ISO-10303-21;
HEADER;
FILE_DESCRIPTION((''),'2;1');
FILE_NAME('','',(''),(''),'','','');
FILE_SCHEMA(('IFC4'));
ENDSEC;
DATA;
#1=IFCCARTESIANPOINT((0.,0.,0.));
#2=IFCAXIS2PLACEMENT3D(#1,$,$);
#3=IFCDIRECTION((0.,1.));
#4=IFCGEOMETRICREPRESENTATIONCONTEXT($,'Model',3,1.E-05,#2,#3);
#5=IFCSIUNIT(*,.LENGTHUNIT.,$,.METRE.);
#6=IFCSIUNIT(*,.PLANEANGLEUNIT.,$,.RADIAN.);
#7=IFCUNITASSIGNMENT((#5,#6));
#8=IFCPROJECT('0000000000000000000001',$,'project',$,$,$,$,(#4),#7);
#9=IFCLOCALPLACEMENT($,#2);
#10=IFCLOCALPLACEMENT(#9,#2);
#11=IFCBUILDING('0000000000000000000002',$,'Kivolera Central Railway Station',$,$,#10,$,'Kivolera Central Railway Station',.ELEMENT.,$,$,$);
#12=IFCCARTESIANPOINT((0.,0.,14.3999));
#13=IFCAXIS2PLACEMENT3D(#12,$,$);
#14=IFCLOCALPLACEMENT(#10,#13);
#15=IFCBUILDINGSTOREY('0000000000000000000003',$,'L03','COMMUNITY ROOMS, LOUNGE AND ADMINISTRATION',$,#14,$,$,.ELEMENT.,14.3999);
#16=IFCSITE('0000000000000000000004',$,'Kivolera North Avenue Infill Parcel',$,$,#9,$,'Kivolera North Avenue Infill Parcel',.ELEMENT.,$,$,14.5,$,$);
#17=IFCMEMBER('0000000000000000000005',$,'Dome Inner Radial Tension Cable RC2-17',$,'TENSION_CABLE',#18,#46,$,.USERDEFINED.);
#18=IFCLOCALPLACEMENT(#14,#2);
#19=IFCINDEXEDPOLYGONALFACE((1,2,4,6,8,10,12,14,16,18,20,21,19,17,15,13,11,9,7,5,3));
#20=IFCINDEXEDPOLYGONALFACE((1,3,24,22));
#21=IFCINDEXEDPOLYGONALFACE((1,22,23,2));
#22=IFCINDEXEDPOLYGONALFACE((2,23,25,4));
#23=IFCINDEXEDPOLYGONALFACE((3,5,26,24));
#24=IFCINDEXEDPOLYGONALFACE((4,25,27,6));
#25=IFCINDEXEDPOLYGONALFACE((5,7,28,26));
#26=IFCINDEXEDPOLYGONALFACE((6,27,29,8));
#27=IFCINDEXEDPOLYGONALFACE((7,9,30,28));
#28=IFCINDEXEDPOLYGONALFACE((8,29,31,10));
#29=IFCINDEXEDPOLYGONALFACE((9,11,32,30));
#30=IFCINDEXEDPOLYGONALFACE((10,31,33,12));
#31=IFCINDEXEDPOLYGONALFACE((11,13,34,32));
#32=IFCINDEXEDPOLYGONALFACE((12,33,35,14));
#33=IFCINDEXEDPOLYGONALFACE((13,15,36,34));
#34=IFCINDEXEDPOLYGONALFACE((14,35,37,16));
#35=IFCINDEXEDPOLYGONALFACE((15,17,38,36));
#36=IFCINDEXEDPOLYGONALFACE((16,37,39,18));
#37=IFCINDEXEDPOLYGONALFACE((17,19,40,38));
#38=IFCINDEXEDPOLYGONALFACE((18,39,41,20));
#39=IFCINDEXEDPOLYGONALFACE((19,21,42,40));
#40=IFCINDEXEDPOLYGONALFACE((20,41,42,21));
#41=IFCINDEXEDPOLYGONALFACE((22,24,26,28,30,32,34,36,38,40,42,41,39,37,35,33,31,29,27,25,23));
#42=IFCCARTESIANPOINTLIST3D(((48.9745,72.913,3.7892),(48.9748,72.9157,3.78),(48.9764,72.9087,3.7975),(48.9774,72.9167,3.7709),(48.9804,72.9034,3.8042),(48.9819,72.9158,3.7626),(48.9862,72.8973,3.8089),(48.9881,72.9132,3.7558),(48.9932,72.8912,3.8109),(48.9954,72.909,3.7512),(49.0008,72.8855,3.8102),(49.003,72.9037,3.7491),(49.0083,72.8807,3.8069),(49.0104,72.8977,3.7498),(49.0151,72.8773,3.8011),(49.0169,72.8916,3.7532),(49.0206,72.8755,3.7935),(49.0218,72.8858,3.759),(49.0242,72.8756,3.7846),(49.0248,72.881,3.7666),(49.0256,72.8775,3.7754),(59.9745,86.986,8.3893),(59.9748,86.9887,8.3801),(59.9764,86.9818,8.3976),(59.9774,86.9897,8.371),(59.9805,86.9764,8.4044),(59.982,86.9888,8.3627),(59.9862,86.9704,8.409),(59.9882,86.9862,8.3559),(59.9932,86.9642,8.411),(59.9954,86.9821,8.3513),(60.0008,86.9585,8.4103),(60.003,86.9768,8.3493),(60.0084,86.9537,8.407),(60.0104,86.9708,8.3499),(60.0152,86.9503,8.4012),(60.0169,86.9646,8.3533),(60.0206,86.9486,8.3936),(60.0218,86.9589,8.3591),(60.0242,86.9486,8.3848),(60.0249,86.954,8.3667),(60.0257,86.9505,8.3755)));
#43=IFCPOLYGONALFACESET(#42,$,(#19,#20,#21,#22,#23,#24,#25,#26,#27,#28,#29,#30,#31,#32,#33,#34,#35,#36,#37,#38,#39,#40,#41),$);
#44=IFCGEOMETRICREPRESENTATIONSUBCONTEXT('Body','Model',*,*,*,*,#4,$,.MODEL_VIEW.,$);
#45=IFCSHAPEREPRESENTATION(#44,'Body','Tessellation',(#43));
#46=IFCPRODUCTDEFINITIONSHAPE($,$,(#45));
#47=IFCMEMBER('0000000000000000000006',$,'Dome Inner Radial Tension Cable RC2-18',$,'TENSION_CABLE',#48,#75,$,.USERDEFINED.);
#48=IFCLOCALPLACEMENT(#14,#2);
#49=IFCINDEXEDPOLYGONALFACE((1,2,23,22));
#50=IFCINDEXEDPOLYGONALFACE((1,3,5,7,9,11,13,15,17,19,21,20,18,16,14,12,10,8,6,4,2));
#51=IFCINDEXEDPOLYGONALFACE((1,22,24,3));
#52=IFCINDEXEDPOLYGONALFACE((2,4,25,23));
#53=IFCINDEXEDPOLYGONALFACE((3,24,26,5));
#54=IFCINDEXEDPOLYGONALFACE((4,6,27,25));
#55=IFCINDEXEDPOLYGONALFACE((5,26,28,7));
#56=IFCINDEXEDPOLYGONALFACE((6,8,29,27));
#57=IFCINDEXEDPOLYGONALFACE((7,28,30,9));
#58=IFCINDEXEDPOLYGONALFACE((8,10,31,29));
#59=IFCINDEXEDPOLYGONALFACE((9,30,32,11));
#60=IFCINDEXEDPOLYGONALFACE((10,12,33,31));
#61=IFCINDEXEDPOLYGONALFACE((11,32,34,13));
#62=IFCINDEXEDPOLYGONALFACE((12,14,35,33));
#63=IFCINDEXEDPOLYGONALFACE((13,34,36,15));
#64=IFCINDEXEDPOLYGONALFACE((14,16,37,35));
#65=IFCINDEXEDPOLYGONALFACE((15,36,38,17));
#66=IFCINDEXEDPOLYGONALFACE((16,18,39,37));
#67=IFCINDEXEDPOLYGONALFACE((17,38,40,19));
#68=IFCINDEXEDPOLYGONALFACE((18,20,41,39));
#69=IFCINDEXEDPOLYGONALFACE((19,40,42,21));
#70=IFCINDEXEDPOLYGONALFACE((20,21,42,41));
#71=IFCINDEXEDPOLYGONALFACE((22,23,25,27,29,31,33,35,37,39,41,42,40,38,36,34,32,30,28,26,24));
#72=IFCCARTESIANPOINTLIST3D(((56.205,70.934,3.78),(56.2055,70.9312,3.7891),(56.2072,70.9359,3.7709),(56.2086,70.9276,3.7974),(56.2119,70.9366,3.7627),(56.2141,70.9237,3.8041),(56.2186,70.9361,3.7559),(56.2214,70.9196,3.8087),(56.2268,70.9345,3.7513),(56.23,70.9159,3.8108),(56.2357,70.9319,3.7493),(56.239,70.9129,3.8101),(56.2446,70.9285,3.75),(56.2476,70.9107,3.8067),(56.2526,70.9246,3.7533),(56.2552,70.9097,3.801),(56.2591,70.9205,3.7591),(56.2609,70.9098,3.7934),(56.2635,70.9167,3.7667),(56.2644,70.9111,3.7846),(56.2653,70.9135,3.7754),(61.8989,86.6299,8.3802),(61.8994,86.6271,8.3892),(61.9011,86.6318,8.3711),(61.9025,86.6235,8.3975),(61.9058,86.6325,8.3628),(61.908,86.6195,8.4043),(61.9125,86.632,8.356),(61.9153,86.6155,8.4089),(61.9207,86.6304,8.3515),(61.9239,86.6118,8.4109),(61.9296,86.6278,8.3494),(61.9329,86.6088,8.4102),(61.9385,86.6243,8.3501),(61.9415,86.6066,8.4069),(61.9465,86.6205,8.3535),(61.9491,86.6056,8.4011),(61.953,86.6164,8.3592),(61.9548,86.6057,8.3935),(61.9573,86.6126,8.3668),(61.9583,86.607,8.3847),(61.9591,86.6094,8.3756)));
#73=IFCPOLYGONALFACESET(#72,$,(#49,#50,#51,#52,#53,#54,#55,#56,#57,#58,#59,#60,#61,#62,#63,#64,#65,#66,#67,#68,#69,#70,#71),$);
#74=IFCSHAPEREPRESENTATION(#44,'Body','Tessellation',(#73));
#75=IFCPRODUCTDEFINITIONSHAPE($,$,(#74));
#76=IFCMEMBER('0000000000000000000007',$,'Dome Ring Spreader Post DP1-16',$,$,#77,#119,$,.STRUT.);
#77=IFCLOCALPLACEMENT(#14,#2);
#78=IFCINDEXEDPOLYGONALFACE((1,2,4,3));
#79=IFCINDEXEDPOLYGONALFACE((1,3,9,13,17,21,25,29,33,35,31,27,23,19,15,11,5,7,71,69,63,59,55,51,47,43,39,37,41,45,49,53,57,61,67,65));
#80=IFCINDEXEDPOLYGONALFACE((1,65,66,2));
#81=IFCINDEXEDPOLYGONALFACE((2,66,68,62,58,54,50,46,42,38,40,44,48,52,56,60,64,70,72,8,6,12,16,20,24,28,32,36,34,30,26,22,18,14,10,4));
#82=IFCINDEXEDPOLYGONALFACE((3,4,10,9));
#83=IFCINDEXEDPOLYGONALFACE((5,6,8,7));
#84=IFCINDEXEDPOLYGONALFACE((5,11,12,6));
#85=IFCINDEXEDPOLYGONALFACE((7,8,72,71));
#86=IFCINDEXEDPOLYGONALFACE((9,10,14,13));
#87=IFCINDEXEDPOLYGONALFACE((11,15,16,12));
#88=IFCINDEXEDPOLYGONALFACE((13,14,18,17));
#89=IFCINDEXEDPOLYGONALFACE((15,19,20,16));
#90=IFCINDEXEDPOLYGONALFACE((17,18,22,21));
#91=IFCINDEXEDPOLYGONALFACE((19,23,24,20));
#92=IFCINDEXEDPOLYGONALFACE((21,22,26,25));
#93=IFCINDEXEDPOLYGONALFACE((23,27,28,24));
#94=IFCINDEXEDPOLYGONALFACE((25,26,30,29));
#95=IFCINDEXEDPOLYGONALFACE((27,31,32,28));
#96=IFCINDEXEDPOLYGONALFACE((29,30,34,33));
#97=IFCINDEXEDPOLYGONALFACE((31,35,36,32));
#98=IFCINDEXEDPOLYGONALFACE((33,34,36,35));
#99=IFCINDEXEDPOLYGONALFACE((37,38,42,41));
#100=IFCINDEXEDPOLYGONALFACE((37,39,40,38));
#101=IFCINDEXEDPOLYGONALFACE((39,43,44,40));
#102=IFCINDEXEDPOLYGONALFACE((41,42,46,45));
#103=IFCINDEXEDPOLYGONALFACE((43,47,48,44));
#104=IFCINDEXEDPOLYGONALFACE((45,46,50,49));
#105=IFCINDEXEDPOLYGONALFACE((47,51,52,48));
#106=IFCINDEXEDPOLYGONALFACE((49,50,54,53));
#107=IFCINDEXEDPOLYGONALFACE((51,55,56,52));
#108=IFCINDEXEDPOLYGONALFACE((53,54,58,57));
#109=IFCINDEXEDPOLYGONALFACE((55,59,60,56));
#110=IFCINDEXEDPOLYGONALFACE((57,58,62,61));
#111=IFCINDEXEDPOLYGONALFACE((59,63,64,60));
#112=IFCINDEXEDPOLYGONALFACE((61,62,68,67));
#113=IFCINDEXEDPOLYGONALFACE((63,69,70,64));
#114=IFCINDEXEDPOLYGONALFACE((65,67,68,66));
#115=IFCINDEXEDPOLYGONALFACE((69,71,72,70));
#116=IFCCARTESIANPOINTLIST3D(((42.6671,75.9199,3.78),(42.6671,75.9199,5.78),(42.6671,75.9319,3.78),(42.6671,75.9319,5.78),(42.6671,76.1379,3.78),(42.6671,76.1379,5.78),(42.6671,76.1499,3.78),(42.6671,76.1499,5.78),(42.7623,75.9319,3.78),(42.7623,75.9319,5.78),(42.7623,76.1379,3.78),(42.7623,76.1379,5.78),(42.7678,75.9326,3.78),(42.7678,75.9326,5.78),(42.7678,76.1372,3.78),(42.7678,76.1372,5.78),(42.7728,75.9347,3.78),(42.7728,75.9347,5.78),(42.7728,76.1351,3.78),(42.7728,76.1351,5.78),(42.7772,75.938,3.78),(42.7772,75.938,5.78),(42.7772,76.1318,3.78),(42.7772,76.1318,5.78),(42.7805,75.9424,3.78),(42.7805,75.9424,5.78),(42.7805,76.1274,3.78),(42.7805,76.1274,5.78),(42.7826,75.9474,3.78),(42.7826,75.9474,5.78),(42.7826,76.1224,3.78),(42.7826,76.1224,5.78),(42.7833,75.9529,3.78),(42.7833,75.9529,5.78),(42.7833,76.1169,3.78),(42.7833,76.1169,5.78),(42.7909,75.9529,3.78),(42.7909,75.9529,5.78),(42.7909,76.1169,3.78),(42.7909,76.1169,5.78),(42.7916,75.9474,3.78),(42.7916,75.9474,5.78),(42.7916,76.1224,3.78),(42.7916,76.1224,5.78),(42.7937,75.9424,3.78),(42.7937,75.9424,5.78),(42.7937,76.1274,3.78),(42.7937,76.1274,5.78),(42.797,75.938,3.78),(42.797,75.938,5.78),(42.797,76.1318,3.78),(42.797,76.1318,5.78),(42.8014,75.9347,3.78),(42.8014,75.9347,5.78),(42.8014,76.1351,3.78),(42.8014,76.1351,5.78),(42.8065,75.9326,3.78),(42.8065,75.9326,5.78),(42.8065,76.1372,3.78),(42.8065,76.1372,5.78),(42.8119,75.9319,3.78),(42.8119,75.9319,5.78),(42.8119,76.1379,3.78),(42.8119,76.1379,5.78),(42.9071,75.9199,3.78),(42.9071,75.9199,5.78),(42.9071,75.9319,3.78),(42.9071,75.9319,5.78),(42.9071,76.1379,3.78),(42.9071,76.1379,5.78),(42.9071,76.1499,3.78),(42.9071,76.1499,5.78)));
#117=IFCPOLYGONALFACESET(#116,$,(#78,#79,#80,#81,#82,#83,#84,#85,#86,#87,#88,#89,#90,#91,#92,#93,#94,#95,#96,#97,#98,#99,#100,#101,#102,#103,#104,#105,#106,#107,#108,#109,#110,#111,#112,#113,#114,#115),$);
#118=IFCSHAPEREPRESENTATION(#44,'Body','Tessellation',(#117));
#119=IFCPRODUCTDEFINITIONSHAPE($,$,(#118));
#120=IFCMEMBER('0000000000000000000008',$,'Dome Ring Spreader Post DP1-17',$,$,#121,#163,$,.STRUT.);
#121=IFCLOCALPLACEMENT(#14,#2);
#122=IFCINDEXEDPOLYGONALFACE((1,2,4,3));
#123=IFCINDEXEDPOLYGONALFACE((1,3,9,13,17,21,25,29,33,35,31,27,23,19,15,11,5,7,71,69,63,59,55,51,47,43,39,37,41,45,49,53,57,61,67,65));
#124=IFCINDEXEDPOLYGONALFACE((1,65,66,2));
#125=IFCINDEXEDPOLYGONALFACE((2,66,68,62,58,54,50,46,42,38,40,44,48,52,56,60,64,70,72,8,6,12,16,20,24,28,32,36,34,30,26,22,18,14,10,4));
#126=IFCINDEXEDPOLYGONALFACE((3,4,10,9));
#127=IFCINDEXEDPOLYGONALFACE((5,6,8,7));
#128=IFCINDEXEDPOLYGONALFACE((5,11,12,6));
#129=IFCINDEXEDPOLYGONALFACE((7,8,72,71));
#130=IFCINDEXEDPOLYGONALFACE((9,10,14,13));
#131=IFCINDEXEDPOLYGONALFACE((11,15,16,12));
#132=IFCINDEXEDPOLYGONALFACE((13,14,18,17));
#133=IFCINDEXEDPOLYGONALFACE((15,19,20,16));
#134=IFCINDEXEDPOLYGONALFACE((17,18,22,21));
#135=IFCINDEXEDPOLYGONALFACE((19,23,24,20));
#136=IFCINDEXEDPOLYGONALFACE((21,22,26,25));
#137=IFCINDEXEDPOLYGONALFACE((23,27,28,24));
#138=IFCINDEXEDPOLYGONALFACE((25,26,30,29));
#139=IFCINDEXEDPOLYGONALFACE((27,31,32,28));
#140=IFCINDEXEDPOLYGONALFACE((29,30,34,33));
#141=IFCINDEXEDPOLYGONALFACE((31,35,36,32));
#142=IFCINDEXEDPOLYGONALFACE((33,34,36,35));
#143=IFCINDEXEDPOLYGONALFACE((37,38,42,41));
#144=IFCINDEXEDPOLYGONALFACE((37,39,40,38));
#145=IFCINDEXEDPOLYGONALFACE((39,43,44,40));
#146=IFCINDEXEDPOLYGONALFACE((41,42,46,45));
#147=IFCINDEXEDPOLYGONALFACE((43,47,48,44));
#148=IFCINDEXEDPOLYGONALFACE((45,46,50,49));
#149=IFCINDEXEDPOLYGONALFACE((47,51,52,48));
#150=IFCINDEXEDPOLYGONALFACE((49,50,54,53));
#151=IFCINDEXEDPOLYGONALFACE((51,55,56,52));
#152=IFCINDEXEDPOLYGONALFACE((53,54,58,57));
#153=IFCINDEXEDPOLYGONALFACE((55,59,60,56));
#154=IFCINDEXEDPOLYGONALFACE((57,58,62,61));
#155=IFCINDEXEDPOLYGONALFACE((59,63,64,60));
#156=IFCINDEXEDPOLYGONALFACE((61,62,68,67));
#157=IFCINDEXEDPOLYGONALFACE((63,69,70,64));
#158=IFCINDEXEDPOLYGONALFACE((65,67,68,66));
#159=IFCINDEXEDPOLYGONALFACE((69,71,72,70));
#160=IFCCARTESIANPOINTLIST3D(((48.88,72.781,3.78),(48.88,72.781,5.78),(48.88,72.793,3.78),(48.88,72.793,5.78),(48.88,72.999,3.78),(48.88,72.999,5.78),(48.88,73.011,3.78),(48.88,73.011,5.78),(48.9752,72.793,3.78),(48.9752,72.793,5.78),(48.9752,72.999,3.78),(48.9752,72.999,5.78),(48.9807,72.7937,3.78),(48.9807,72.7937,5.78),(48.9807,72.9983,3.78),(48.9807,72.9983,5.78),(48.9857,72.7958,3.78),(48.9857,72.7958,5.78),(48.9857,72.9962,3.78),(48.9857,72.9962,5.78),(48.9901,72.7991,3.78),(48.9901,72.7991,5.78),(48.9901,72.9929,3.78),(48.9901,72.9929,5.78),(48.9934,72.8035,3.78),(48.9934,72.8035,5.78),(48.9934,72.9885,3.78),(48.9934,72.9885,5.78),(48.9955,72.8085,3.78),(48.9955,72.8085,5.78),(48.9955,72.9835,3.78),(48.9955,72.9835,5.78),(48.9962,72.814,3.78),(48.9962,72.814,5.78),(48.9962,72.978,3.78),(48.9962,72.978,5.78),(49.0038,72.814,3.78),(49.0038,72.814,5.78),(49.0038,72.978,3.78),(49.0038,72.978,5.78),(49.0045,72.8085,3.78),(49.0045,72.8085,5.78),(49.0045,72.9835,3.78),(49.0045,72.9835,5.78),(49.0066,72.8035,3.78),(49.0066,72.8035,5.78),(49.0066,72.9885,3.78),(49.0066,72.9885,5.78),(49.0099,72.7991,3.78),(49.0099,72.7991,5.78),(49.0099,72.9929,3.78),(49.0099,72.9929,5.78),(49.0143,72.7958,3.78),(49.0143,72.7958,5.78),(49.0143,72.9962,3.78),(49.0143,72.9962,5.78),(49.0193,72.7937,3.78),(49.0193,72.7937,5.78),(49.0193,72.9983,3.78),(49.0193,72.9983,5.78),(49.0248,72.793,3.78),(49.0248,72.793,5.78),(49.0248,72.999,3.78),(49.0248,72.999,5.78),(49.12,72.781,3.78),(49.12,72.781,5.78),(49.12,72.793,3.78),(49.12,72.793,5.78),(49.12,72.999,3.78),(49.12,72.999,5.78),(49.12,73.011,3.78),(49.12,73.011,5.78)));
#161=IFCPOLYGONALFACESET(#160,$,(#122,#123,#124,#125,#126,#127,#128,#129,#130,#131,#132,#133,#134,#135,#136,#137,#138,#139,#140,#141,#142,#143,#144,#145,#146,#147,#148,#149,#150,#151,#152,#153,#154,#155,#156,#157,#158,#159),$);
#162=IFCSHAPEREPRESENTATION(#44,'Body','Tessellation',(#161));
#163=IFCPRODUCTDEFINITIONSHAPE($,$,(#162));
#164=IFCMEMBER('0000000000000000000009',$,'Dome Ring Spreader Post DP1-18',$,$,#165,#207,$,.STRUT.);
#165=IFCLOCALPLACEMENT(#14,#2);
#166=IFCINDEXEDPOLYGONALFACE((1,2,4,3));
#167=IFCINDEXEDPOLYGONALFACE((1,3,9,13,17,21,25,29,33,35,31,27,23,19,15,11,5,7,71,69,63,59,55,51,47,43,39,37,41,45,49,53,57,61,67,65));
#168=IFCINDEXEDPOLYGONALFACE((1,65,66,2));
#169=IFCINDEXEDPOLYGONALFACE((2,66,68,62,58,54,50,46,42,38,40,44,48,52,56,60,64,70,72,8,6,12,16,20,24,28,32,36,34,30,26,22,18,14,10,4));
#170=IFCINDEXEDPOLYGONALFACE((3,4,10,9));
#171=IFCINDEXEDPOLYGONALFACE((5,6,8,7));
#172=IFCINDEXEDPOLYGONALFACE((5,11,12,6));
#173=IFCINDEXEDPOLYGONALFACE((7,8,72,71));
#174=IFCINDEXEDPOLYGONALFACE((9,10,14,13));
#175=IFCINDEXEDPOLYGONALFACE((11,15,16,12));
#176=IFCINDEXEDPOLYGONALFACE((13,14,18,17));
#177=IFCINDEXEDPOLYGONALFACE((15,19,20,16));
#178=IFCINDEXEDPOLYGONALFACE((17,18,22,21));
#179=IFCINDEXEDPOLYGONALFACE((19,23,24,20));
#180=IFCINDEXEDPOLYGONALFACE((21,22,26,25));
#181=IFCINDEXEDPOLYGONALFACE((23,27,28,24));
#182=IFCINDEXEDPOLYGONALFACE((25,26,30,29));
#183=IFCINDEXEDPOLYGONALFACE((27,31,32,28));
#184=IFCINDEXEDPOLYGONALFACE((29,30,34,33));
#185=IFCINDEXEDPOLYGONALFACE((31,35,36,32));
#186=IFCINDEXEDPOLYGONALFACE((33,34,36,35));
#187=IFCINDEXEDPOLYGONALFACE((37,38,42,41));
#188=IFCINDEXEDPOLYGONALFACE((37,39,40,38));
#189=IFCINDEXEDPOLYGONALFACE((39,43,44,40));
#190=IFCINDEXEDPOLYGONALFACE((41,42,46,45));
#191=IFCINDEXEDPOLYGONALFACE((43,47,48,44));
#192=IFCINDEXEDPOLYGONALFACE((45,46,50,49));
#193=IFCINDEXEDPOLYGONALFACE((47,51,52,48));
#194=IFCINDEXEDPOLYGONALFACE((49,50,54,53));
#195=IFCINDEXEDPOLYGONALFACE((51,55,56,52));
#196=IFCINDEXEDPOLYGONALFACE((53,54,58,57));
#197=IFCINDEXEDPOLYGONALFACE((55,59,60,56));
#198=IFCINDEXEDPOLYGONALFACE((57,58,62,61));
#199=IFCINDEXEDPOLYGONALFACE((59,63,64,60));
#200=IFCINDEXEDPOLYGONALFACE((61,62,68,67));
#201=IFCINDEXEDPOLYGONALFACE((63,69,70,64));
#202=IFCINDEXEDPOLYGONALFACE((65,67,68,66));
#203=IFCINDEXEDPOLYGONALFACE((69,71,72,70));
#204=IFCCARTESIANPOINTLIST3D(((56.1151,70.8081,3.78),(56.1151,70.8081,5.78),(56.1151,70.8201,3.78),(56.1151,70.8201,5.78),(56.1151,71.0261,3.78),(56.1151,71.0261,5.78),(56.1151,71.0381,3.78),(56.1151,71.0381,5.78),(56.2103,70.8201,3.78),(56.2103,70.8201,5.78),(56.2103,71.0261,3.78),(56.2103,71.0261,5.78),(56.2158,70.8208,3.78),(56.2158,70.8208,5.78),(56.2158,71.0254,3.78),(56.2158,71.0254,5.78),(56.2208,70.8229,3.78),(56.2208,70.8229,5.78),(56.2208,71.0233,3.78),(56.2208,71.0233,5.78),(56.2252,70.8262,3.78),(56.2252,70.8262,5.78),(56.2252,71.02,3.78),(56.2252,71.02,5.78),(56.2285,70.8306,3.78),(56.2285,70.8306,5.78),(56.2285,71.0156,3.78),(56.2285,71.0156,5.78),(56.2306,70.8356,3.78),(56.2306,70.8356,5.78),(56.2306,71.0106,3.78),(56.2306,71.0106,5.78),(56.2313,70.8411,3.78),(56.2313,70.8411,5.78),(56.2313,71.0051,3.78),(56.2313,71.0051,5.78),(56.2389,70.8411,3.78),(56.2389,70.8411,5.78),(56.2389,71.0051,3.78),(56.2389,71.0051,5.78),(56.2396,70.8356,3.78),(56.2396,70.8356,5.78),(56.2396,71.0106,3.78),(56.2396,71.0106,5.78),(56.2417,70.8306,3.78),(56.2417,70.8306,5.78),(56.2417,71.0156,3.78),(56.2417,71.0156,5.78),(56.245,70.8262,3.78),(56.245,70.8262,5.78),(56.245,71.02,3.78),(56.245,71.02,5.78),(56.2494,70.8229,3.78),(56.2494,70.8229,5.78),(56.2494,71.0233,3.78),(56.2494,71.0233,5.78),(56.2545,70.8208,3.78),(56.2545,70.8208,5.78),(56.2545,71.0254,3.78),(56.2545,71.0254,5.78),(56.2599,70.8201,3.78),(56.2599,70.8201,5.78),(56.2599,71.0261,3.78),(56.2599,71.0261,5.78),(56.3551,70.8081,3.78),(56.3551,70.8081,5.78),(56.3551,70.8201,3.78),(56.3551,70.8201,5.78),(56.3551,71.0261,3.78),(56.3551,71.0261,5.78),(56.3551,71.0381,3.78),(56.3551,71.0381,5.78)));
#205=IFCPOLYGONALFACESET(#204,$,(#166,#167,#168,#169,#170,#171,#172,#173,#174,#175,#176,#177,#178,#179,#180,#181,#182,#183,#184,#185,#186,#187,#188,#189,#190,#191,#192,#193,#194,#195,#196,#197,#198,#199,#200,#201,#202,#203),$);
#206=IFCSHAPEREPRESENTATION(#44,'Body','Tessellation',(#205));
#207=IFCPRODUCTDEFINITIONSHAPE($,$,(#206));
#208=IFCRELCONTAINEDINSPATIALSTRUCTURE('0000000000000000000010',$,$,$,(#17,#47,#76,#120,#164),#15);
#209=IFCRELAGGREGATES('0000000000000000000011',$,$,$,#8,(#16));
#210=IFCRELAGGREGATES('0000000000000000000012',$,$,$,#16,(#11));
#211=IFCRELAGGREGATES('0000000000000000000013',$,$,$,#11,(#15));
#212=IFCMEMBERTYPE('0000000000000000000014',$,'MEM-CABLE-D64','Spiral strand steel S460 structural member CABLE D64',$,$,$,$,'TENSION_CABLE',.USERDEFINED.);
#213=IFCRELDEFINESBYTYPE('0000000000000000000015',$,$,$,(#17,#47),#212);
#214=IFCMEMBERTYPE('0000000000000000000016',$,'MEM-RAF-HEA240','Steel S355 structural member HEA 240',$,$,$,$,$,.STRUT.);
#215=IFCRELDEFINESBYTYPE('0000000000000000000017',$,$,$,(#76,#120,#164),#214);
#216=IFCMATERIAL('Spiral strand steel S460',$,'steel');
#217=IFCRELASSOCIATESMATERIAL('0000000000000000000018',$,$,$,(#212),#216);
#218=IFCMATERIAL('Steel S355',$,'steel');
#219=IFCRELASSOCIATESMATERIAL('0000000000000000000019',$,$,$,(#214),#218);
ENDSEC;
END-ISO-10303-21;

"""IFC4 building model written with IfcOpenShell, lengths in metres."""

from ifc_helpers import new_model, si_unit, direction, frame, origin, origin_2d, place, context, subcontext, project, spatial, circle, i_section, extrude, material, material_profile, profile_set, type_object, element, save


model = new_model("IFC4")

# Units and contexts
model_context = context("Model", 3, precision=1e-05, world=origin(), true_north=direction((0.0, 1.0)))
body_context = subcontext(model_context, "Body", "Model", "MODEL_VIEW")
ifc_project = project(units=[si_unit("LENGTHUNIT", "METRE"), si_unit("PLANEANGLEUNIT", "RADIAN")], contexts=[model_context])

# Site, building, storey
site_placement = place(None, origin())
site = spatial("IfcSite", under=ifc_project, at=site_placement, Name="Kivolera North Avenue Infill Parcel", LongName="Kivolera North Avenue Infill Parcel", CompositionType="ELEMENT", RefElevation=14.5)
building_placement = place(site_placement, origin())
building = spatial("IfcBuilding", under=site, at=building_placement, Name="Kivolera Central Railway Station", LongName="Kivolera Central Railway Station", CompositionType="ELEMENT")
storey_placement = place(building_placement, frame((0.0, 0.0, 14.3999)))
storey = spatial("IfcBuildingStorey", under=building, at=storey_placement, Name="L03", Description="COMMUNITY ROOMS, LOUNGE AND ADMINISTRATION", CompositionType="ELEMENT", Elevation=14.3999)

# Shared definitions
ifc_material_1 = material(Name="Steel S355", Category="steel")

# Members
ifc_material_2 = material(Name="Spiral strand steel S460", Category="steel")
ifc_material_profile_1 = material_profile(ifc_material_2, circle(Radius=0.032, at=origin_2d()), Name="CABLE D64")
ifc_profile_set_1 = profile_set([ifc_material_profile_1], Name="Spiral strand steel S460")
member_type_1 = type_object("IfcMemberType", Name="MEM-CABLE-D64", Description="Spiral strand steel S460 structural member CABLE D64", ElementType="TENSION_CABLE", PredefinedType="USERDEFINED", material=ifc_profile_set_1)
member_1_placement = place(storey_placement, frame((49.0, 72.896, 3.78), z_axis=(0.596374, 0.76298, 0.249398), x_axis=(-0.787876, 0.615834, 0.0)))
element("IfcMember", 1, at=member_1_placement, inside=storey, type_object=member_type_1, Name="Dome Inner Radial Tension Cable RC2-17", ObjectType="TENSION_CABLE", PredefinedType="USERDEFINED", context=body_context, shape_type="SweptSolid", body=[
    extrude(circle(Radius=0.032, at=origin_2d()), origin(), (0.0, 0.0, 1.0), 18.4448),
])
member_2_placement = place(storey_placement, frame((56.2351, 70.9231, 3.78), z_axis=(0.328768, 0.90629, 0.265614), x_axis=(-0.940057, 0.341017, 0.0)))
element("IfcMember", 2, at=member_2_placement, inside=storey, type_object=member_type_1, Name="Dome Inner Radial Tension Cable RC2-18", ObjectType="TENSION_CABLE", PredefinedType="USERDEFINED", context=body_context, shape_type="SweptSolid", body=[
    extrude(circle(Radius=0.032, at=origin_2d()), origin(), (0.0, 0.0, 1.0), 17.3188),
])
ifc_material_profile_2 = material_profile(ifc_material_1, i_section(OverallWidth=0.24, OverallDepth=0.23, WebThickness=0.0076, FlangeThickness=0.012, FilletRadius=0.021, at=origin_2d()), Name="HEA 240")
ifc_profile_set_2 = profile_set([ifc_material_profile_2], Name="Steel S355")
member_type_2 = type_object("IfcMemberType", Name="MEM-RAF-HEA240", Description="Steel S355 structural member HEA 240", PredefinedType="STRUT", material=ifc_profile_set_2)
for number, where, z_axis, x_axis, name in (
    (3, (42.7871, 76.0349, 3.78), (0.0, 0.0, 1.0), (1.0, 0.0, 0.0), "Dome Ring Spreader Post DP1-16"),
    (4, (49.0, 72.896, 3.78), (0.0, 0.0, 1.0), (1.0, 0.0, 0.0), "Dome Ring Spreader Post DP1-17"),
    (5, (56.2351, 70.9231, 3.78), (0.0, 0.0, 1.0), (1.0, 0.0, 0.0), "Dome Ring Spreader Post DP1-18"),
):
    element("IfcMember", number, at=place(storey_placement, frame(where, z_axis=z_axis, x_axis=x_axis)), inside=storey, type_object=member_type_2, Name=name, PredefinedType="STRUT", context=body_context, shape_type="SweptSolid", body=[
        extrude(i_section(OverallWidth=0.24, OverallDepth=0.23, WebThickness=0.0076, FlangeThickness=0.012, FilletRadius=0.021, at=origin_2d()), origin(), (0.0, 0.0, 1.0), 2.0),
    ])

save(model, "model.ifc")
